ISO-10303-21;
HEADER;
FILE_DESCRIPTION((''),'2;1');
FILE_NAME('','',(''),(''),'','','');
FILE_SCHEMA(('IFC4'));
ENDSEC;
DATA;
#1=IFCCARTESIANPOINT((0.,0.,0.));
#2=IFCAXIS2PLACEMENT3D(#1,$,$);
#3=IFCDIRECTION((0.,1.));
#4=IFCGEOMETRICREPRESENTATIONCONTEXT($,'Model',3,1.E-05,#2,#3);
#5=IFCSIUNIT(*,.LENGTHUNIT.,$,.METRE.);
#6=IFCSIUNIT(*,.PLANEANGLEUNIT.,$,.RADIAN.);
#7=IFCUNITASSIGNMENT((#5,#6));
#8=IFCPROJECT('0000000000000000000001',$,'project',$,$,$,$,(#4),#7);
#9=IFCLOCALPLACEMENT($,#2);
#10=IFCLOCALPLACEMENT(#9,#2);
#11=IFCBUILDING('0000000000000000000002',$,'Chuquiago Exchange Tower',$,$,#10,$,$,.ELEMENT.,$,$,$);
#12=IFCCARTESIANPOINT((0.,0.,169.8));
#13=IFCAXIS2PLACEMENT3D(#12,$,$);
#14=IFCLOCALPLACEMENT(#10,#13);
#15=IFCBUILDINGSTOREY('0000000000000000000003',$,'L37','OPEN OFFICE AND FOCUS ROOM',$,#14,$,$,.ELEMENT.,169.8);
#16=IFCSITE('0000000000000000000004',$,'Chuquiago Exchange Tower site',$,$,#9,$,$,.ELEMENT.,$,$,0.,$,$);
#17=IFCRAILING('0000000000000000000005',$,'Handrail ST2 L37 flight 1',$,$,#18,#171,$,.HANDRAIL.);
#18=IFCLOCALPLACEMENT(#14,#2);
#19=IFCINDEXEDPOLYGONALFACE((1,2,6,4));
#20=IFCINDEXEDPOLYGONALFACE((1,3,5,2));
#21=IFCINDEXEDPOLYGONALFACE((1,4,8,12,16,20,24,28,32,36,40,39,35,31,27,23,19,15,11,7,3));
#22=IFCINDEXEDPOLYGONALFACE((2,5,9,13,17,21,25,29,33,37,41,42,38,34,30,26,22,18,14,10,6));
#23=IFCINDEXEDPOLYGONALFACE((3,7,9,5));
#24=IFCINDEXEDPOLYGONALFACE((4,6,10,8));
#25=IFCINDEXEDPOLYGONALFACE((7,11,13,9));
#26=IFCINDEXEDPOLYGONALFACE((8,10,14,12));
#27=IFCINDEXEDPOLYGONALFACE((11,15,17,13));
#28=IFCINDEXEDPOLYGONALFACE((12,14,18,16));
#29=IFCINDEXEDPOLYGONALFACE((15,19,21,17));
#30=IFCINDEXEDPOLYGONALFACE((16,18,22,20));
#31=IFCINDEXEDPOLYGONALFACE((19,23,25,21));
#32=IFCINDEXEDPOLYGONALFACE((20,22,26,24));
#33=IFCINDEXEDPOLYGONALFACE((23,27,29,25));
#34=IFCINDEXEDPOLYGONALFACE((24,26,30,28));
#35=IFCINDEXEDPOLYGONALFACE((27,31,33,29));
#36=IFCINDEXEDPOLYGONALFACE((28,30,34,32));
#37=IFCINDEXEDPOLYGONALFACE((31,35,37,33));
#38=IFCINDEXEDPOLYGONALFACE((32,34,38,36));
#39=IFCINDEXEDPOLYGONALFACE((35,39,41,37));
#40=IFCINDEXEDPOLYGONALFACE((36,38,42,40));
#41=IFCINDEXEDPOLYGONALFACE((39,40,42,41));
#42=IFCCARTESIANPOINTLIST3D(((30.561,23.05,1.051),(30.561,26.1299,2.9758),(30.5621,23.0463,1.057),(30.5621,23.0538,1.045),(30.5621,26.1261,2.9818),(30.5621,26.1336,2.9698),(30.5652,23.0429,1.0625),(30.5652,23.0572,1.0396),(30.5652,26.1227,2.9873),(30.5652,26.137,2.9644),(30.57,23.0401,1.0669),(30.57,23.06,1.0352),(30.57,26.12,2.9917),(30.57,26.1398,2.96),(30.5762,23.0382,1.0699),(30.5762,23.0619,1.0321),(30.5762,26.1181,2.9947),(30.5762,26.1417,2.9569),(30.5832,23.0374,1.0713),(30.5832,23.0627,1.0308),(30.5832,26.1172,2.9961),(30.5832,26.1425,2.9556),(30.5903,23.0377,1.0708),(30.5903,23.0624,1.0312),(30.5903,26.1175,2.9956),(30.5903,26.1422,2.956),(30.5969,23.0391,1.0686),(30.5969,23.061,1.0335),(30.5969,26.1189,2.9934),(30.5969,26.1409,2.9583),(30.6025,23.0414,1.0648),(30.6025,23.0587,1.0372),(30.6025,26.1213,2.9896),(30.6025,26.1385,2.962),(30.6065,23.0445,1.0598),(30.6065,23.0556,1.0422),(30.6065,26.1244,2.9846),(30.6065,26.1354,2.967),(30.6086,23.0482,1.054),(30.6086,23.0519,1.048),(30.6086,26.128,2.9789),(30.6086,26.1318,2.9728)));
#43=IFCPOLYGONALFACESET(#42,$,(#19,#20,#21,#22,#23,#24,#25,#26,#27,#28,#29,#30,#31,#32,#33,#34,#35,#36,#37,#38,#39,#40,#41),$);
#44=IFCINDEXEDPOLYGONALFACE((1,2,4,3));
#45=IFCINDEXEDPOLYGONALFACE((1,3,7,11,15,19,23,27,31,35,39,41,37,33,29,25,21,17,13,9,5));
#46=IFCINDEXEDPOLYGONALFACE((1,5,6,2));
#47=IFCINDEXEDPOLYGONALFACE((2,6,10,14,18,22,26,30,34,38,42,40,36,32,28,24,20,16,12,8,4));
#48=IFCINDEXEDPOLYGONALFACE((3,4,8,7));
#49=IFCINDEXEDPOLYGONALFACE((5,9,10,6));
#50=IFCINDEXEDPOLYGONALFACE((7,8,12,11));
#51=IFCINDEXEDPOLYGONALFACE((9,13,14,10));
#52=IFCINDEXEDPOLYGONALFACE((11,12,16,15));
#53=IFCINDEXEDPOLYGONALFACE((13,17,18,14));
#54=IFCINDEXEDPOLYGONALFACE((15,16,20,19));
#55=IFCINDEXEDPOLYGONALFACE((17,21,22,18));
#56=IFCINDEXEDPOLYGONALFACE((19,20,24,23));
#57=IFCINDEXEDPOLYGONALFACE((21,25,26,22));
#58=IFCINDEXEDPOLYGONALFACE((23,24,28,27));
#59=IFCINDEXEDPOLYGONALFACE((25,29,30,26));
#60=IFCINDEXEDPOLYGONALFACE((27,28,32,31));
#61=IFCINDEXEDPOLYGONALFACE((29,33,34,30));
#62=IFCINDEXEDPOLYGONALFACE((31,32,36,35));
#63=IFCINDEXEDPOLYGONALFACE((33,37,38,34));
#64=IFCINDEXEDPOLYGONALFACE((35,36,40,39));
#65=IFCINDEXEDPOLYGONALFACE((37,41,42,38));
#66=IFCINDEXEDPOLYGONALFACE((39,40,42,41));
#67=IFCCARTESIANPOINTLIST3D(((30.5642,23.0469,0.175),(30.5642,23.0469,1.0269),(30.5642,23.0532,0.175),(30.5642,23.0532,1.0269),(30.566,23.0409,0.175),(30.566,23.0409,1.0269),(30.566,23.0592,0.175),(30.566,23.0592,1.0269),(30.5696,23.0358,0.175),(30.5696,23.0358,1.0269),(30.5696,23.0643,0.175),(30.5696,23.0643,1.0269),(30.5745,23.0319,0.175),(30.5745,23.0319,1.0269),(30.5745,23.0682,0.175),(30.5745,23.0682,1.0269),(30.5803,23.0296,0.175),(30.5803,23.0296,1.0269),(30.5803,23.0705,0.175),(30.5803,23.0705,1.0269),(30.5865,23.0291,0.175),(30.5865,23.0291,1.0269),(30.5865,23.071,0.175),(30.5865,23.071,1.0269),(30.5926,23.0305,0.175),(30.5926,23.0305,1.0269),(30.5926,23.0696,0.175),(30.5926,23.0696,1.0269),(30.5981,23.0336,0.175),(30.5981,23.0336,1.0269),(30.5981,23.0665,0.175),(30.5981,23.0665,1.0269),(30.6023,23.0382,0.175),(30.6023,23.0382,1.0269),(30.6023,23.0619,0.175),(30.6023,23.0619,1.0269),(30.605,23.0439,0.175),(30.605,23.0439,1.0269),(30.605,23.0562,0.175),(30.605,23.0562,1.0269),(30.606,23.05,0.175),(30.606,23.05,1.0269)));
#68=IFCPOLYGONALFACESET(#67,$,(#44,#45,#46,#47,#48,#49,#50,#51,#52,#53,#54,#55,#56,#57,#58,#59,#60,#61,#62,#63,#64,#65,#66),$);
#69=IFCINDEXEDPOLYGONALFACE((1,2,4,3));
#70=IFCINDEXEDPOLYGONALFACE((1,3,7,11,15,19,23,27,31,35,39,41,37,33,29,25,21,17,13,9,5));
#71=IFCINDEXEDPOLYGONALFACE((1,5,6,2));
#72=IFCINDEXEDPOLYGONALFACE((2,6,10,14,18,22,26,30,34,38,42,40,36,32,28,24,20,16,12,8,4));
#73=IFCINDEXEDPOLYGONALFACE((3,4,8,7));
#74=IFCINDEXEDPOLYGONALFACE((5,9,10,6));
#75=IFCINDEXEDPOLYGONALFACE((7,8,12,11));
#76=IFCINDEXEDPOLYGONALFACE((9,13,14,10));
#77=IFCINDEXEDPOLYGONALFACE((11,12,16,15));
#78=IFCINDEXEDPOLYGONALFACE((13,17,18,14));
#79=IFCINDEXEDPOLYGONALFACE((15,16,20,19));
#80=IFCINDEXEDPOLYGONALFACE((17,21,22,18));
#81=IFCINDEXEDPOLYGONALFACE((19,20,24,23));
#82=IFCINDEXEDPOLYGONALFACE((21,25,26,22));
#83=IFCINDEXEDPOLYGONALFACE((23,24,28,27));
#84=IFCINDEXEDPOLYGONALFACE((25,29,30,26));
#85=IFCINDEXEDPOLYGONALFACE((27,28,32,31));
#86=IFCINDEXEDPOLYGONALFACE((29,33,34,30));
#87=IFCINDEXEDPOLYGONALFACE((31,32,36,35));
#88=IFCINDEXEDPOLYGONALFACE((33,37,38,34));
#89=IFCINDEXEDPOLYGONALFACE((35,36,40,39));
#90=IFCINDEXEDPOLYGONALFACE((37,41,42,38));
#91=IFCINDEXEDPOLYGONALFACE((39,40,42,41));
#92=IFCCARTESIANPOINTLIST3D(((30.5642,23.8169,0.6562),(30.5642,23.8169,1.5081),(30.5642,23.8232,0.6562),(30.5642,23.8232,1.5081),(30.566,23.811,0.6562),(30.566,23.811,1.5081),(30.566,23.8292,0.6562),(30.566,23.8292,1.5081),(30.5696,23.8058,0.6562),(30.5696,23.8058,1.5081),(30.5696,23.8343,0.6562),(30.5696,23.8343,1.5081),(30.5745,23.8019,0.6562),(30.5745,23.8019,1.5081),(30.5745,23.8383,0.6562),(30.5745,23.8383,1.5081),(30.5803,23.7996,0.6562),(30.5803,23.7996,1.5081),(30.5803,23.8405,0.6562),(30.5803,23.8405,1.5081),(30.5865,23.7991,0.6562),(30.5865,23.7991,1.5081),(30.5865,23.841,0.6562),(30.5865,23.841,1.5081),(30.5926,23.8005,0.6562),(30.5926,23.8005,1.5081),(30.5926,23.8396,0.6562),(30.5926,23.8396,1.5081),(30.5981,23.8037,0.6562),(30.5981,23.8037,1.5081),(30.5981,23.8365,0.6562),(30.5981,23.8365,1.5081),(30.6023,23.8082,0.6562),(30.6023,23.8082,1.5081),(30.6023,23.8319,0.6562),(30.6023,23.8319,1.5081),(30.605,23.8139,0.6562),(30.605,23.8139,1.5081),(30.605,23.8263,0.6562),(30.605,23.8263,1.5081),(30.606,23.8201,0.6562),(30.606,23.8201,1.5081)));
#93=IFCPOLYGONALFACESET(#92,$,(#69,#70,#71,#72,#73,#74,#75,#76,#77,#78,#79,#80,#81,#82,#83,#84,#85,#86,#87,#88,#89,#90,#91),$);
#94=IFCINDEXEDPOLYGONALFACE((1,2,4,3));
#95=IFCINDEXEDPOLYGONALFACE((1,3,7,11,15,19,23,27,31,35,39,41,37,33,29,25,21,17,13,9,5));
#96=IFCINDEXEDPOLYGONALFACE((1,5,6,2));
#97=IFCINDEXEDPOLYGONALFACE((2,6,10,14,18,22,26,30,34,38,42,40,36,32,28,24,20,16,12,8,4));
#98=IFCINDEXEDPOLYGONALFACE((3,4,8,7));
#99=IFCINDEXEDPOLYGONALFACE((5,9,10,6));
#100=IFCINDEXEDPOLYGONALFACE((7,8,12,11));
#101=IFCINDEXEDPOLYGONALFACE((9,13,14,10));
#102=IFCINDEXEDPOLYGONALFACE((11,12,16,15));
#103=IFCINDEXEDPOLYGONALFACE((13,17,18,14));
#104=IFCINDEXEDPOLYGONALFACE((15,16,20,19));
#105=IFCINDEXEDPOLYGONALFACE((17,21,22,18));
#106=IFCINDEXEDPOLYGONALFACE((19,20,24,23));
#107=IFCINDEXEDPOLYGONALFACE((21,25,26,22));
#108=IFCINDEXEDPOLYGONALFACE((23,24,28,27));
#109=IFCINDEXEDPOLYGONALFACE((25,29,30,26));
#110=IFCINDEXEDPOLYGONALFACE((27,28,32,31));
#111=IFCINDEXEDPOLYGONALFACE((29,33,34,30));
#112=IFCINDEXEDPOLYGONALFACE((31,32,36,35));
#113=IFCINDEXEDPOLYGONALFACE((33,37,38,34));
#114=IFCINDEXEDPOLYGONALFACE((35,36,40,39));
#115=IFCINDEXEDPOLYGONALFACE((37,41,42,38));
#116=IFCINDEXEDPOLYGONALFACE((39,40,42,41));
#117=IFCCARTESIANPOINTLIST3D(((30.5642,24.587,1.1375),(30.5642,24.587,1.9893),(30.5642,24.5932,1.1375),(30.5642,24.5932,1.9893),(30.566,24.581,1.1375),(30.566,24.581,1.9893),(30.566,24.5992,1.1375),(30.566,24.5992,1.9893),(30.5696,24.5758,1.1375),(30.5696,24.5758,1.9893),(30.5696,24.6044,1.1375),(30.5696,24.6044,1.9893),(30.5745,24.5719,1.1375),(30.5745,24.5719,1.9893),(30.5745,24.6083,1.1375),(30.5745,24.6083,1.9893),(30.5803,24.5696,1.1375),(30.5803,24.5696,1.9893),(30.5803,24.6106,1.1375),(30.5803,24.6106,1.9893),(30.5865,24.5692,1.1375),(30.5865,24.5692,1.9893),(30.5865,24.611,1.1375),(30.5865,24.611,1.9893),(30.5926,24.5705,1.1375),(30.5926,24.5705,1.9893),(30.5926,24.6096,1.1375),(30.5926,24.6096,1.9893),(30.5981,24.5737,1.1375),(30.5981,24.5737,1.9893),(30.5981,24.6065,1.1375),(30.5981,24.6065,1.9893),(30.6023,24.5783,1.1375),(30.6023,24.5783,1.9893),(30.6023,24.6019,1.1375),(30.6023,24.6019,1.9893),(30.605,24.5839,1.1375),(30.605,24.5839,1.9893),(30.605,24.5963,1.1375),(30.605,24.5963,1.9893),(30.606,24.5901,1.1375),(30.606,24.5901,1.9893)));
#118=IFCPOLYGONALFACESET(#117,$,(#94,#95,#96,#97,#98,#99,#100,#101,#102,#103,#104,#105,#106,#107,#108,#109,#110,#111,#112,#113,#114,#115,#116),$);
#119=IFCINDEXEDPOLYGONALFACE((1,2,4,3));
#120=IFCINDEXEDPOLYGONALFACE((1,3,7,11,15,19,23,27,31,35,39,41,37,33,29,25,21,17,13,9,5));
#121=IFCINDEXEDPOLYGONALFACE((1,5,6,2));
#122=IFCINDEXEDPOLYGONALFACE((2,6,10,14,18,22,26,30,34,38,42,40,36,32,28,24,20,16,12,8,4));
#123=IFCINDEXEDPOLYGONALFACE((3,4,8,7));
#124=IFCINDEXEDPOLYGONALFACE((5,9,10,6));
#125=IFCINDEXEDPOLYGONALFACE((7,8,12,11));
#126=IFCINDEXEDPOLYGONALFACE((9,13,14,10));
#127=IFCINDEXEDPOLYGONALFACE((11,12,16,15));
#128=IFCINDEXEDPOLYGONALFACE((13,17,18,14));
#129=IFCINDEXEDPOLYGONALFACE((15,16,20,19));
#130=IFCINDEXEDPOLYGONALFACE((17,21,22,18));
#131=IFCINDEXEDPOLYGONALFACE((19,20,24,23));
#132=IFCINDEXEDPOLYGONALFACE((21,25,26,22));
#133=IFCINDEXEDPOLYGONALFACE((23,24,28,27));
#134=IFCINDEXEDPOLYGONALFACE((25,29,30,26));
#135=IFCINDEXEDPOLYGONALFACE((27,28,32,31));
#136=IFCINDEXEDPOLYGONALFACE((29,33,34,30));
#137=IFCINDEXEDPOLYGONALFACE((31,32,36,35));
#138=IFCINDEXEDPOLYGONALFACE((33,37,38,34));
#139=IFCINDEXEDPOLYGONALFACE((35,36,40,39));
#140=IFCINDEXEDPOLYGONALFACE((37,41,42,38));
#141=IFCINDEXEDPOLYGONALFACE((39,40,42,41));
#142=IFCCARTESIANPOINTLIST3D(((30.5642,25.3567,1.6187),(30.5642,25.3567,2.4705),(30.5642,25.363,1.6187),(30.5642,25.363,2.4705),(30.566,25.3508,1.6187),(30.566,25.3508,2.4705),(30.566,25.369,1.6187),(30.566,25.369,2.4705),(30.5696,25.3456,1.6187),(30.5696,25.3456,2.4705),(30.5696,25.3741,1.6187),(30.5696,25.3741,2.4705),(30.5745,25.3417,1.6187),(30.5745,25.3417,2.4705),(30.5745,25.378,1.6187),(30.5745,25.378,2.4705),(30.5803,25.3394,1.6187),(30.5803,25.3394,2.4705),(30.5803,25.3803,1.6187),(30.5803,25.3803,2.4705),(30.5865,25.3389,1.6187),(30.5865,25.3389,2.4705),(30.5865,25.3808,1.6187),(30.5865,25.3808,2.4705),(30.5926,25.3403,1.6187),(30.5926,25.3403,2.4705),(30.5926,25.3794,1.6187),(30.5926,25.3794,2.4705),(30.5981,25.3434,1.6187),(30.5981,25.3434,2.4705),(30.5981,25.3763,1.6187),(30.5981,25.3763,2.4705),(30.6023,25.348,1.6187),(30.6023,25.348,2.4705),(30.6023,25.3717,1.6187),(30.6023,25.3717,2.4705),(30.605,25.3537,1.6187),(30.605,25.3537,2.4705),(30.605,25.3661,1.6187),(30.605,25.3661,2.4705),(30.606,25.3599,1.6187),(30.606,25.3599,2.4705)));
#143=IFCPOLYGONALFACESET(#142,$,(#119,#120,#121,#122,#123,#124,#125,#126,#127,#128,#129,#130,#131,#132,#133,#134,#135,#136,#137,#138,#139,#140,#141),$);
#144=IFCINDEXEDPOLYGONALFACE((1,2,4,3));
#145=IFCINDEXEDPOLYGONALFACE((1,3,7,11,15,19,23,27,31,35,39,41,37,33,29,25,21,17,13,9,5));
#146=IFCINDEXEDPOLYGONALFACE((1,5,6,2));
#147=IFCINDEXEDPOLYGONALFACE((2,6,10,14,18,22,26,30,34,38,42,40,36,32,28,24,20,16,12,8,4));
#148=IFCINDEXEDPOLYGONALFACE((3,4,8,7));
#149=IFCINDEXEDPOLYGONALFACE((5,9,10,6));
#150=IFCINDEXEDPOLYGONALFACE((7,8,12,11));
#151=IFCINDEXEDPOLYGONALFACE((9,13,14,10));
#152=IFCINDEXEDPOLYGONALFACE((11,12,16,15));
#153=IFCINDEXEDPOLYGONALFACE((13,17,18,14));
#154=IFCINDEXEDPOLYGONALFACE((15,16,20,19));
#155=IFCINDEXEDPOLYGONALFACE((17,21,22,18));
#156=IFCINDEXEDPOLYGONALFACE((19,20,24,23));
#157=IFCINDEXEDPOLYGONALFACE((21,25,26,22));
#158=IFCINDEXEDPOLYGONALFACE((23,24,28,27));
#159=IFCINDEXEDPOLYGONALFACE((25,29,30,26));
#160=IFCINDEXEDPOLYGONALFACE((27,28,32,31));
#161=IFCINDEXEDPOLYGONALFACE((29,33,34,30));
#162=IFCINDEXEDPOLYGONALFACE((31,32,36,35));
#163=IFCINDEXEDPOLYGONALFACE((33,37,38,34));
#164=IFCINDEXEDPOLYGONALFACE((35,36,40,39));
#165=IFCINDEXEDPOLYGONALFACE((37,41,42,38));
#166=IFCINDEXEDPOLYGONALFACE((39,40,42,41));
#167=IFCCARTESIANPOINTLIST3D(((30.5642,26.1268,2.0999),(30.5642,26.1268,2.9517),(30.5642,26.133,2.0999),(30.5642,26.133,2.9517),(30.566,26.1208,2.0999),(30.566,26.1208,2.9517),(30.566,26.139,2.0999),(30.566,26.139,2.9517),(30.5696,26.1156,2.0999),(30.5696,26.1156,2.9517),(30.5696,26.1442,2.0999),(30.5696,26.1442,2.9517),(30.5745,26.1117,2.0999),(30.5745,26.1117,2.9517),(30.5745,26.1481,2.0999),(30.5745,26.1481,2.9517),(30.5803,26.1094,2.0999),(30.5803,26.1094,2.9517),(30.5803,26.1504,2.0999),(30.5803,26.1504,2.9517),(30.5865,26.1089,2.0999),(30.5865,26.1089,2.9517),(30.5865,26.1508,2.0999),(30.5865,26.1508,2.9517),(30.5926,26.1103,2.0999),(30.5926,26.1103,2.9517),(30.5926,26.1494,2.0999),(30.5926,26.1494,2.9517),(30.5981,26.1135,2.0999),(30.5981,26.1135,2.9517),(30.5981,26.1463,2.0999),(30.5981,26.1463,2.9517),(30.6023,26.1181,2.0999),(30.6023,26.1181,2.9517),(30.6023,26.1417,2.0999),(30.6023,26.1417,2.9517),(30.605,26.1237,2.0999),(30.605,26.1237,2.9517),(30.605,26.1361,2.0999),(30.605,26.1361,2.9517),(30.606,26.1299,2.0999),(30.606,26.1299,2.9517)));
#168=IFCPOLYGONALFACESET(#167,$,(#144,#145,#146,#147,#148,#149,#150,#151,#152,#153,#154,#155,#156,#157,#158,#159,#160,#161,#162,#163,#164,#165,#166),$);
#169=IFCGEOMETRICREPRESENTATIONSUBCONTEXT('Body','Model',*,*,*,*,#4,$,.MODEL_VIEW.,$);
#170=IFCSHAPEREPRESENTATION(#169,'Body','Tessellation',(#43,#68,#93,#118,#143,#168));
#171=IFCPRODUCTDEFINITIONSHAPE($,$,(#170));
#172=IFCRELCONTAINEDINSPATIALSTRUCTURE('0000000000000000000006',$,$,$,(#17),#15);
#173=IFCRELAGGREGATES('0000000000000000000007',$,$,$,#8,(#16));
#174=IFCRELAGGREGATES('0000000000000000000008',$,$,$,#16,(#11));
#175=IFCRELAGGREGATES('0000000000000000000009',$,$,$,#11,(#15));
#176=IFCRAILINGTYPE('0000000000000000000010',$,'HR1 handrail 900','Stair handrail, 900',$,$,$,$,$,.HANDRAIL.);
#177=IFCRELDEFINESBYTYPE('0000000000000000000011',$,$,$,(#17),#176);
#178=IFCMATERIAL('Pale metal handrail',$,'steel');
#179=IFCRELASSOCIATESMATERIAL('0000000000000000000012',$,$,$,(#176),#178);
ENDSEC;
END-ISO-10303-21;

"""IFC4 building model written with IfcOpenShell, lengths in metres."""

from ifc_helpers import new_model, si_unit, direction, frame, origin, origin_2d, place, context, subcontext, project, spatial, circle, extrude, material, type_object, element, save


model = new_model("IFC4")

# Units and contexts
model_context = context("Model", 3, precision=1e-05, world=origin(), true_north=direction((0.0, 1.0)))
body_context = subcontext(model_context, "Body", "Model", "MODEL_VIEW")
ifc_project = project(units=[si_unit("LENGTHUNIT", "METRE"), si_unit("PLANEANGLEUNIT", "RADIAN")], contexts=[model_context])

# Site, building, storey
site_placement = place(None, origin())
site = spatial("IfcSite", under=ifc_project, at=site_placement, Name="Chuquiago Exchange Tower site", CompositionType="ELEMENT", RefElevation=0.0)
building_placement = place(site_placement, origin())
building = spatial("IfcBuilding", under=site, at=building_placement, Name="Chuquiago Exchange Tower", CompositionType="ELEMENT")
storey_placement = place(building_placement, frame((0.0, 0.0, 169.8)))
storey = spatial("IfcBuildingStorey", under=building, at=storey_placement, Name="L37", Description="OPEN OFFICE AND FOCUS ROOM", CompositionType="ELEMENT", Elevation=169.8)

# Railing
ifc_material_1 = material(Name="Pale metal handrail", Category="steel")
railing_type = type_object("IfcRailingType", Name="HR1 handrail 900", Description="Stair handrail, 900", PredefinedType="HANDRAIL", material=ifc_material_1)
for number, where, name in (
    (1, (30.585, 23.05, 0.175), "Handrail ST2 L37 flight 1"),
):
    element("IfcRailing", number, at=place(storey_placement, frame(where)), inside=storey, type_object=railing_type, Name=name, PredefinedType="HANDRAIL", context=body_context, shape_type="SweptSolid", body=[
        extrude(circle(Radius=0.0239, at=origin_2d()), frame((0.0, 0.0, 0.876), z_axis=(0.0, 0.84801, 0.529981), x_axis=(-1.0, 0.0, 0.0)), (0.0, 0.0, 1.0), 3.6318),
        extrude(circle(Radius=0.021, at=origin_2d()), origin(), (0.0, 0.0, 1.0), 0.8518),
        extrude(circle(Radius=0.021, at=origin_2d()), frame((0.0, 0.77, 0.4812)), (0.0, 0.0, 1.0), 0.8518),
        extrude(circle(Radius=0.021, at=origin_2d()), frame((0.0, 1.54, 0.9624)), (0.0, 0.0, 1.0), 0.8518),
        extrude(circle(Radius=0.021, at=origin_2d()), frame((0.0, 2.3098, 1.4436)), (0.0, 0.0, 1.0), 0.8518),
        extrude(circle(Radius=0.021, at=origin_2d()), frame((0.0, 3.0798, 1.9248)), (0.0, 0.0, 1.0), 0.8518),
    ])

save(model, "model.ifc")
